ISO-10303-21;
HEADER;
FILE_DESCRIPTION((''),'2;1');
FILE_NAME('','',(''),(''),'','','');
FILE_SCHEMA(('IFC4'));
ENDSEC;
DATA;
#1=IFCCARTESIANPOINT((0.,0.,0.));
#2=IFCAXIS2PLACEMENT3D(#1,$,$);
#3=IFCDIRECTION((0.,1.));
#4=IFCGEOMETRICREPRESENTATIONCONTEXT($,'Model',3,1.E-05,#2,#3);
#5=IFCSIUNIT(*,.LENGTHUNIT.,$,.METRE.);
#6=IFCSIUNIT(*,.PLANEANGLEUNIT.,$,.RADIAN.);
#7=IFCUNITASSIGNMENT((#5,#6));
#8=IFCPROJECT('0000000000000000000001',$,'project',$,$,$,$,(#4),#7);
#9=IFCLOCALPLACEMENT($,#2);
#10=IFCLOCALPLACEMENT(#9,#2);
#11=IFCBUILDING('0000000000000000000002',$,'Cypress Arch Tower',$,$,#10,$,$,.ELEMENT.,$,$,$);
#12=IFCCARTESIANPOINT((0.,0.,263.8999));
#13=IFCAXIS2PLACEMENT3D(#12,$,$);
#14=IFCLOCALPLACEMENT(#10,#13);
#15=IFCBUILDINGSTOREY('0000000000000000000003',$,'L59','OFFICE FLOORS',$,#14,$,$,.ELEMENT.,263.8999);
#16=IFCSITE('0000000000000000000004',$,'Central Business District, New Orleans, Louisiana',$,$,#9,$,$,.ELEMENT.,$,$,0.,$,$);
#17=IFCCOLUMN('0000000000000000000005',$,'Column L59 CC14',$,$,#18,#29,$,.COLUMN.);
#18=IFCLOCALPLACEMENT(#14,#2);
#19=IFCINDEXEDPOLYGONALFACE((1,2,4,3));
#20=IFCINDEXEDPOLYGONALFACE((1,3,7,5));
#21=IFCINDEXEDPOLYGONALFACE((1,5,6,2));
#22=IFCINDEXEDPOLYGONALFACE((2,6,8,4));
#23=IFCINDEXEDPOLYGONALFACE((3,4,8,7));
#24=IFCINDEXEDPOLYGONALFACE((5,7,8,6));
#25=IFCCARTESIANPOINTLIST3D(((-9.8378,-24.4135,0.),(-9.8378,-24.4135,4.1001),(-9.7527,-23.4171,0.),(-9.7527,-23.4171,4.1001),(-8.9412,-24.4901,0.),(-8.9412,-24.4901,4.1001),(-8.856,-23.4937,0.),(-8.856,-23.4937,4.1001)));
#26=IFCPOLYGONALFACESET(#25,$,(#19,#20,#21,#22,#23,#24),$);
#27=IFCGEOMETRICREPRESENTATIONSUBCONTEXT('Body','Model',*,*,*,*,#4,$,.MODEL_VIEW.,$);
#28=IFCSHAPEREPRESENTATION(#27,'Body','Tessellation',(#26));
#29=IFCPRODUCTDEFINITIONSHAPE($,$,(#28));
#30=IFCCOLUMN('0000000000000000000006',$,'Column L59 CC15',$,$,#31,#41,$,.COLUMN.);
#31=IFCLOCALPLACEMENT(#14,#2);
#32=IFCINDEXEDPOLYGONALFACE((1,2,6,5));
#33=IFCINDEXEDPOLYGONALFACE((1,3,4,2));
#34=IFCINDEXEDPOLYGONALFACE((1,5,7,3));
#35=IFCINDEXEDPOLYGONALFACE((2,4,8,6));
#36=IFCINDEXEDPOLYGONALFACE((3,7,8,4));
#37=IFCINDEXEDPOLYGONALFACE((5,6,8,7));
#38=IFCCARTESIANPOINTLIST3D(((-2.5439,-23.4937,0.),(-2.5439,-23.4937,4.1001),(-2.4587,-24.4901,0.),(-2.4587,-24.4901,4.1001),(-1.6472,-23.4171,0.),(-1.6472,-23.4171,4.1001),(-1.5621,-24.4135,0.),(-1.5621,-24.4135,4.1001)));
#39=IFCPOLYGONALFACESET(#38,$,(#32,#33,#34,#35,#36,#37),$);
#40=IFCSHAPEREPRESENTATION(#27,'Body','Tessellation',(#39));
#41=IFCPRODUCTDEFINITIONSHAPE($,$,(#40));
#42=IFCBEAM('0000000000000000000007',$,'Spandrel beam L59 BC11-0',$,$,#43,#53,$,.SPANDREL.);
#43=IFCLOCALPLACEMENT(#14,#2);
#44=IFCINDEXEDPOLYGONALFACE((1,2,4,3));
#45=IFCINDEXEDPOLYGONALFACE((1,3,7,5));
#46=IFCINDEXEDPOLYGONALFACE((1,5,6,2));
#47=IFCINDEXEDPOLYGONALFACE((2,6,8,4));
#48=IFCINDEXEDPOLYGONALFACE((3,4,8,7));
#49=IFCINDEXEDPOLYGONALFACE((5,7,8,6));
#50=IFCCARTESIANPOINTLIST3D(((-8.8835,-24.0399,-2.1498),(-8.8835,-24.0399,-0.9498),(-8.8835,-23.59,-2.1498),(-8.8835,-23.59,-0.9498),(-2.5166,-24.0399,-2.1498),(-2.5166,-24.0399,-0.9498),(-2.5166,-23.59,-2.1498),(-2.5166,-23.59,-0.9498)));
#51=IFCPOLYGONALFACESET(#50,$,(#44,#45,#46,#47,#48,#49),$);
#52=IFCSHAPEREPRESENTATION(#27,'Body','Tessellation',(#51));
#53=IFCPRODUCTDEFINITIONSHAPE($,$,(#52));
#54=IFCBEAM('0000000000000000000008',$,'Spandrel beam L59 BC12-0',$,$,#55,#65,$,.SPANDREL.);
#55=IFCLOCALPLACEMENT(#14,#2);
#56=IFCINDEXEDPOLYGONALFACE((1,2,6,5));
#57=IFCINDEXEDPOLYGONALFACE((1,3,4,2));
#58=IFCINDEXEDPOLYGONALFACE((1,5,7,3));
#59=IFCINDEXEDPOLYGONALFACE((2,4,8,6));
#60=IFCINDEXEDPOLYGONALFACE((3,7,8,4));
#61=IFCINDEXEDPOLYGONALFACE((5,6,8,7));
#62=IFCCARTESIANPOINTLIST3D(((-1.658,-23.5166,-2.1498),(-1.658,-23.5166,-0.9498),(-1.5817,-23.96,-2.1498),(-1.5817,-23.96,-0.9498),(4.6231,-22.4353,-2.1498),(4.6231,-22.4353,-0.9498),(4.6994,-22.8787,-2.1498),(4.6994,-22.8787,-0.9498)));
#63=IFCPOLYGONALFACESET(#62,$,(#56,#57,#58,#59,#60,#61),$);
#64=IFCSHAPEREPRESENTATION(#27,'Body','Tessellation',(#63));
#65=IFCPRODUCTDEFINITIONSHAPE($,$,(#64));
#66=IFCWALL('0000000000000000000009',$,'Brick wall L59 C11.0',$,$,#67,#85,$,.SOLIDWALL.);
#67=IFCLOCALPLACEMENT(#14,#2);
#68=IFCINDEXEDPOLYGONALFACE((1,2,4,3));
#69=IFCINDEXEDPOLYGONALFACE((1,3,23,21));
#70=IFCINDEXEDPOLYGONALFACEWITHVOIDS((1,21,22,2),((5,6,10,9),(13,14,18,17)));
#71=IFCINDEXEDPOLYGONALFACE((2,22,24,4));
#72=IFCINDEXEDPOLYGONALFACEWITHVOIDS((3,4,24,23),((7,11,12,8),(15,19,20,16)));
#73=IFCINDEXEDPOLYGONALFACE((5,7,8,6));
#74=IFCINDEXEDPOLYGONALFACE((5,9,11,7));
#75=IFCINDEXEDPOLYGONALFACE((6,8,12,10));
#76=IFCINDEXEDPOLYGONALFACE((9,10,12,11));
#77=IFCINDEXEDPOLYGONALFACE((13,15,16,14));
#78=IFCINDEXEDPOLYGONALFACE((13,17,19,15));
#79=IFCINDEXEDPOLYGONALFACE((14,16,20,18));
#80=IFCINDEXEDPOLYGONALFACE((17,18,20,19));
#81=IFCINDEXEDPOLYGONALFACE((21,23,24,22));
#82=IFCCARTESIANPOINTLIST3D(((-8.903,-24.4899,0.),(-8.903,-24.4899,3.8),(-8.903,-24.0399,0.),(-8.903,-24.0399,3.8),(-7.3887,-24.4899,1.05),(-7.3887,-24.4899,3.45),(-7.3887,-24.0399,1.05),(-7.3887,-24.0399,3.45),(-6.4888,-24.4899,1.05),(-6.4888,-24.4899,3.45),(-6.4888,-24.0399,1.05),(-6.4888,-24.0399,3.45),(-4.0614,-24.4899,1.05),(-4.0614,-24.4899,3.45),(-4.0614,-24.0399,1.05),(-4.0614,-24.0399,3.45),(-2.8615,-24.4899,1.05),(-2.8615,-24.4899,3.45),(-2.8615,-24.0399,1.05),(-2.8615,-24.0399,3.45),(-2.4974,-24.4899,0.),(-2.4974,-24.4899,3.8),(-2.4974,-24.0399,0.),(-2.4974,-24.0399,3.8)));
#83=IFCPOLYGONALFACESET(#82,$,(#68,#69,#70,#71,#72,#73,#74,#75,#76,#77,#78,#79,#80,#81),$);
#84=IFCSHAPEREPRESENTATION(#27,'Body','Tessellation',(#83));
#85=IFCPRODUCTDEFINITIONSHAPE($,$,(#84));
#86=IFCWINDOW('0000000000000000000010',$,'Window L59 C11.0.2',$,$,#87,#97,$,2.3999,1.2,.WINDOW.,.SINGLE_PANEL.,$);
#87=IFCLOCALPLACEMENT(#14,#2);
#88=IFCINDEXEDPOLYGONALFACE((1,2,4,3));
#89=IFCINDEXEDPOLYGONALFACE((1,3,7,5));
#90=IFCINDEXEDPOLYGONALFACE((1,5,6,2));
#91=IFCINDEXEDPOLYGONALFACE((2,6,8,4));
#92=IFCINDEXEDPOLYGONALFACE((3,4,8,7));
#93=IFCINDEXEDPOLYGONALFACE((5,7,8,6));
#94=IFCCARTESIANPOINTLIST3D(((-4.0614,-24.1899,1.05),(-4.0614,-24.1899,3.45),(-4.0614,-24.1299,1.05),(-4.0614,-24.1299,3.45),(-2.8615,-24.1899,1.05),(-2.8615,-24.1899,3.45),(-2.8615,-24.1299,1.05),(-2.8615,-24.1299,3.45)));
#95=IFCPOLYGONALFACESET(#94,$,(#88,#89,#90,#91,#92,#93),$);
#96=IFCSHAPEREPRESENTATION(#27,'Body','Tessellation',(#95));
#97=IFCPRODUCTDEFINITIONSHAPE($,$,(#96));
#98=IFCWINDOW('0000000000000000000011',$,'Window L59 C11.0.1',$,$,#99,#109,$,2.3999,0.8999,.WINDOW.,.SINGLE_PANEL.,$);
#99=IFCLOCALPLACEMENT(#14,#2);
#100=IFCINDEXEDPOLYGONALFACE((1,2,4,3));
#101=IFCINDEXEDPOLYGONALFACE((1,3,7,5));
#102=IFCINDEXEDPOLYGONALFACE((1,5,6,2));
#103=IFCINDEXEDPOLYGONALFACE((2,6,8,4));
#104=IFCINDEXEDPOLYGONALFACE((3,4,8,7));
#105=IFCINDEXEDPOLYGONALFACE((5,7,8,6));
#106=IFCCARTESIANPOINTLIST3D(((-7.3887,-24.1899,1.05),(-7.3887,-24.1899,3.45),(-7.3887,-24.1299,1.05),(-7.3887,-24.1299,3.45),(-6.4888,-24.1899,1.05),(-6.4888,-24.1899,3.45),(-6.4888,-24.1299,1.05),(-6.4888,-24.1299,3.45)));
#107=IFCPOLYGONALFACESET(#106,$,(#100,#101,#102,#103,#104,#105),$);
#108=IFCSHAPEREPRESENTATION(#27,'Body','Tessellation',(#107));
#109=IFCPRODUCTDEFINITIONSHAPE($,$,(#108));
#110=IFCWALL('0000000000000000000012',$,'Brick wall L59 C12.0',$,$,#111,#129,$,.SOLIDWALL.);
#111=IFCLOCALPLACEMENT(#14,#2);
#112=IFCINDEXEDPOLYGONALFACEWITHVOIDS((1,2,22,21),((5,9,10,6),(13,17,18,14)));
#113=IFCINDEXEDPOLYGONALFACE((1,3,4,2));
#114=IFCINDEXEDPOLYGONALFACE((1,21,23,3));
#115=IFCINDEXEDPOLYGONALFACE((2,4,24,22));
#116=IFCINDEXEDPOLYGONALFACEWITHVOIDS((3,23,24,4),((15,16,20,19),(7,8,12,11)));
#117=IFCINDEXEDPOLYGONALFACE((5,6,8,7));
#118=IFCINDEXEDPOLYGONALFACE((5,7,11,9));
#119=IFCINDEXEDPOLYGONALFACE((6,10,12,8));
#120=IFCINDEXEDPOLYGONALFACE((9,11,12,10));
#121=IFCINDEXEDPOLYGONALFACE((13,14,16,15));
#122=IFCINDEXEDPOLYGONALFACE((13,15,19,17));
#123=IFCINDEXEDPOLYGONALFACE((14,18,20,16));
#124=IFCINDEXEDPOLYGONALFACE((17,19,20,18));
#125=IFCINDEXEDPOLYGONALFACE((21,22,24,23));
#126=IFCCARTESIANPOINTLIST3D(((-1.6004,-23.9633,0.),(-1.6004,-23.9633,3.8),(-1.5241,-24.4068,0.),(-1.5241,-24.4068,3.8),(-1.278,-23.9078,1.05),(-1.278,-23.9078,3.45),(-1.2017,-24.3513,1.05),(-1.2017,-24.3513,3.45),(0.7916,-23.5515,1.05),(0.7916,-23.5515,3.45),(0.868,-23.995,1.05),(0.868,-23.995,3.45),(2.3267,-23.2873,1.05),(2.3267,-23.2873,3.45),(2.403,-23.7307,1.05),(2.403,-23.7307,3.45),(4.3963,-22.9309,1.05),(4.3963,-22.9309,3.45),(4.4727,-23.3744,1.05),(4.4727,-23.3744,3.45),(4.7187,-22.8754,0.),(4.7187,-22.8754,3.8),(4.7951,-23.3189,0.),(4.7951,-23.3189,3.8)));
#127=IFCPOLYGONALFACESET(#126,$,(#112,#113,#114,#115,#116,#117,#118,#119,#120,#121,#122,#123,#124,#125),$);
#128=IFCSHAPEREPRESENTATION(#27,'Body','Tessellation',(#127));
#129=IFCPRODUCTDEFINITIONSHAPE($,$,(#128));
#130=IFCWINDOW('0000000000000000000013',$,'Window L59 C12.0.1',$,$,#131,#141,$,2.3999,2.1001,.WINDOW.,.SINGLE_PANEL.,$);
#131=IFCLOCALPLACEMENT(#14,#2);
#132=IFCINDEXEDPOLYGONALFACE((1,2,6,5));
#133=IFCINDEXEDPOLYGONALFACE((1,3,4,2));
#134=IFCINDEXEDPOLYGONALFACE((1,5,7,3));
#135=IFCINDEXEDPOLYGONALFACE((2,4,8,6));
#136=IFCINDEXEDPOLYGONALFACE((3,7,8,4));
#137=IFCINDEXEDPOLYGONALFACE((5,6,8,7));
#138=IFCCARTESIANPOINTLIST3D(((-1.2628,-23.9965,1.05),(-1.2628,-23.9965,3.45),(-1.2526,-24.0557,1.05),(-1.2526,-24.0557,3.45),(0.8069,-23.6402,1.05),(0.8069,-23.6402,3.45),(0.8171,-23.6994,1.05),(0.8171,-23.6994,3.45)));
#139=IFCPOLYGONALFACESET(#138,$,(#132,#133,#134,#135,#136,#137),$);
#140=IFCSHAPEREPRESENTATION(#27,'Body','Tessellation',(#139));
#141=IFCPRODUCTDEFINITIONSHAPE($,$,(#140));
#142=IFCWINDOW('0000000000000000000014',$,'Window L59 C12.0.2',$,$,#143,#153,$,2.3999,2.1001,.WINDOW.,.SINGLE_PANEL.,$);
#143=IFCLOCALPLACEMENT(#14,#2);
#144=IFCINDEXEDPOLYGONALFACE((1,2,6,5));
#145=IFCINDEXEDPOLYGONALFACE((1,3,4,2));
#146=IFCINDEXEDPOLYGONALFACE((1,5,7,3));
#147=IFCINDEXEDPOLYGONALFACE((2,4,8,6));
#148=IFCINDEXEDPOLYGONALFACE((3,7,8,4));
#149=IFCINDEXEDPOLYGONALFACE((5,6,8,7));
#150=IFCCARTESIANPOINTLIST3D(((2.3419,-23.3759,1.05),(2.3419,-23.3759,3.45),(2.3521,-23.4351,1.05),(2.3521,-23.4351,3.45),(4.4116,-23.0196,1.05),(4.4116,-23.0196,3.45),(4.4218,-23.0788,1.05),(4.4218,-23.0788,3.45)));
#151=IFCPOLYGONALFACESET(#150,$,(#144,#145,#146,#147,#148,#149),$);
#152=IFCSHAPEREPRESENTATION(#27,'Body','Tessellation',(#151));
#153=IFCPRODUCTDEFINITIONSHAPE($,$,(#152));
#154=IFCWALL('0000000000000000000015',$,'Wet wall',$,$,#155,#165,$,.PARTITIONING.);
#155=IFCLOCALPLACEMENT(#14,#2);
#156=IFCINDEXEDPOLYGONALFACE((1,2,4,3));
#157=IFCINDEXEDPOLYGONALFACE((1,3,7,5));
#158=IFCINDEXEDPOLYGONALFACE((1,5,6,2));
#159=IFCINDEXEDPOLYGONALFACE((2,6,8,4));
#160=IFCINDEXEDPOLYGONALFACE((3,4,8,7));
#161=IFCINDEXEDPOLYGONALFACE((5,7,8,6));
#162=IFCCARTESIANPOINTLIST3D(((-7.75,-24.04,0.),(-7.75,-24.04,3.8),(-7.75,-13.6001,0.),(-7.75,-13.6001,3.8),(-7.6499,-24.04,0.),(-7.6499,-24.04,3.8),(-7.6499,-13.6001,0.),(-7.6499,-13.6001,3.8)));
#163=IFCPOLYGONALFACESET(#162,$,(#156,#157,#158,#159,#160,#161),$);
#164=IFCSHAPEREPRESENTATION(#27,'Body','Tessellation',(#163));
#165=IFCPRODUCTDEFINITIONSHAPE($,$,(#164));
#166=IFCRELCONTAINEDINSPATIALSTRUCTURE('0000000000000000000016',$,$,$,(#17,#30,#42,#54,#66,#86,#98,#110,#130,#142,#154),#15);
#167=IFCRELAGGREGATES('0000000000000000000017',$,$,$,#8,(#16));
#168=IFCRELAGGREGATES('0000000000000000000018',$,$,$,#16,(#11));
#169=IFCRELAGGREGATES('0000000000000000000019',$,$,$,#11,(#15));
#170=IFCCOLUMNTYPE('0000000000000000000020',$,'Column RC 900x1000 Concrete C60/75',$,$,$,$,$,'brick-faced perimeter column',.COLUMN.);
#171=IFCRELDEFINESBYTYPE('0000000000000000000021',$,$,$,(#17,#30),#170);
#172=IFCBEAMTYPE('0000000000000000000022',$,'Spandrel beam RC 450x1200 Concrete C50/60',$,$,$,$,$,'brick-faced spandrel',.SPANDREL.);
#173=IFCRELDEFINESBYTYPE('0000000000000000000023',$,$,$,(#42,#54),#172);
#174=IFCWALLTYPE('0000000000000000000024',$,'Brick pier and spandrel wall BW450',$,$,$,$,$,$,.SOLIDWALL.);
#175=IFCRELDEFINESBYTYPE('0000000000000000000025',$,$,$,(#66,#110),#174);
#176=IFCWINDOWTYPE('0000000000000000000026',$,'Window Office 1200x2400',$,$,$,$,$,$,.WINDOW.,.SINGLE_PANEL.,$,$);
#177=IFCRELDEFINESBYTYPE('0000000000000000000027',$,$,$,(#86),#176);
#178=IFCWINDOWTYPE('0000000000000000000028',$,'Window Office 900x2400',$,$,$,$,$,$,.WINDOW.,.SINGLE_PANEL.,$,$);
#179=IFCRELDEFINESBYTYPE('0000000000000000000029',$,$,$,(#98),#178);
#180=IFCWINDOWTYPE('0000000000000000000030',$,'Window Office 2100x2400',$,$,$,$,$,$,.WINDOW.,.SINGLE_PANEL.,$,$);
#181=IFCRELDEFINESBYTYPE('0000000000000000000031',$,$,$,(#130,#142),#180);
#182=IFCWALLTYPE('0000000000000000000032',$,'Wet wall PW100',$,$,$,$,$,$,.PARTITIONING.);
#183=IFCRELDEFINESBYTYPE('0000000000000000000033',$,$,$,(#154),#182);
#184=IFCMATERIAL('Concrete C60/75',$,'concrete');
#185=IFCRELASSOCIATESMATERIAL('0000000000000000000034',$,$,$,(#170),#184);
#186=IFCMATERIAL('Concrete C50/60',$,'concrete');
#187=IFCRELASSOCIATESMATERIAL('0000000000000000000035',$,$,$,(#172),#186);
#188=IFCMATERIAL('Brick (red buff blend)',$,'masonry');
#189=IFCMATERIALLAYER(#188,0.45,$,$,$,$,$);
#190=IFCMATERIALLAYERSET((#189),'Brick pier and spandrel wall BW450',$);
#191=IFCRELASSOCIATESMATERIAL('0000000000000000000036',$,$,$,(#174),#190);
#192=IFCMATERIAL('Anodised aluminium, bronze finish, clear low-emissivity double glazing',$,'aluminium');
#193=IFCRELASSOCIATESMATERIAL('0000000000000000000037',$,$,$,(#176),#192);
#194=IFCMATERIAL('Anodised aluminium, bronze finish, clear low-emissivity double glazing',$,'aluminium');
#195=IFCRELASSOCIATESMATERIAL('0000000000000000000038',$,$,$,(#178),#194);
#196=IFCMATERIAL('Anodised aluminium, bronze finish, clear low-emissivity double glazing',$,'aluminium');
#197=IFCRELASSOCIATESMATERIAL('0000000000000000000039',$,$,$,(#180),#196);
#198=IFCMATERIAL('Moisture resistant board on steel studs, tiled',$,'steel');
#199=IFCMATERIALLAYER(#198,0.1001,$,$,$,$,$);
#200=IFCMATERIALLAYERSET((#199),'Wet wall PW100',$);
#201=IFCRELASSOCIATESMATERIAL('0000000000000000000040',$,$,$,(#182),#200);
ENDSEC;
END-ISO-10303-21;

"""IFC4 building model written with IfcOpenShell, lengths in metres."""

from ifc_helpers import new_model, si_unit, direction, frame, frame_2d, origin, origin_2d, place, context, subcontext, project, spatial, rectangle, extrude, material, layer, layer_set, material_profile, profile_set, type_object, element, fill, save


model = new_model("IFC4")

# Units and contexts
model_context = context("Model", 3, precision=1e-05, world=origin(), true_north=direction((0.0, 1.0)))
body_context = subcontext(model_context, "Body", "Model", "MODEL_VIEW")
ifc_project = project(units=[si_unit("LENGTHUNIT", "METRE"), si_unit("PLANEANGLEUNIT", "RADIAN")], contexts=[model_context])

# Site, building, storey
site_placement = place(None, origin())
site = spatial("IfcSite", under=ifc_project, at=site_placement, Name="Central Business District, New Orleans, Louisiana", CompositionType="ELEMENT", RefElevation=0.0)
building_placement = place(site_placement, origin())
building = spatial("IfcBuilding", under=site, at=building_placement, Name="Cypress Arch Tower", CompositionType="ELEMENT")
storey_placement = place(building_placement, frame((0.0, 0.0, 263.8999)))
storey = spatial("IfcBuildingStorey", under=building, at=storey_placement, Name="L59", Description="OFFICE FLOORS", CompositionType="ELEMENT", Elevation=263.8999)

# Columns
ifc_material_1 = material(Name="Concrete C60/75", Category="concrete")
ifc_material_profile_1 = material_profile(ifc_material_1, rectangle(XDim=0.8999, YDim=1.0, at=origin_2d()), Name="RC 900x1000")
ifc_profile_set_1 = profile_set([ifc_material_profile_1], Name="Concrete C60/75")
column_type = type_object("IfcColumnType", Name="Column RC 900x1000 Concrete C60/75", ElementType="brick-faced perimeter column", PredefinedType="COLUMN", material=ifc_profile_set_1)
for number, where, z_axis, x_axis, name in (
    (1, (-9.3469, -23.9536, 0.0), (0.0, 0.0, 1.0), (0.996368, -0.085149, 0.0), "Column L59 CC14"),
    (2, (-2.053, -23.9536, 0.0), (0.0, 0.0, 1.0), (0.996368, 0.085149, 0.0), "Column L59 CC15"),
):
    element("IfcColumn", number, at=place(storey_placement, frame(where, z_axis=z_axis, x_axis=x_axis)), inside=storey, type_object=column_type, Name=name, PredefinedType="COLUMN", context=body_context, shape_type="SweptSolid", body=[
        extrude(rectangle(XDim=0.8999, YDim=1.0, at=origin_2d()), origin(), (0.0, 0.0, 1.0), 4.1001),
    ])

# Beams
ifc_material_2 = material(Name="Concrete C50/60", Category="concrete")
ifc_material_profile_2 = material_profile(ifc_material_2, rectangle(XDim=0.45, YDim=1.2, at=origin_2d()), Name="RC 450x1200")
ifc_profile_set_2 = profile_set([ifc_material_profile_2], Name="Concrete C50/60")
beam_type = type_object("IfcBeamType", Name="Spandrel beam RC 450x1200 Concrete C50/60", ElementType="brick-faced spandrel", PredefinedType="SPANDREL", material=ifc_profile_set_2)
beam_1_placement = place(storey_placement, frame((-8.8835, -23.8149, -1.5498), z_axis=(1.0, 0.0, 0.0), x_axis=(0.0, 1.0, 0.0)))
element("IfcBeam", 3, at=beam_1_placement, inside=storey, type_object=beam_type, Name="Spandrel beam L59 BC11-0", PredefinedType="SPANDREL", context=body_context, shape_type="SweptSolid", body=[
    extrude(rectangle(XDim=0.45, YDim=1.2, at=origin_2d()), origin(), (0.0, 0.0, 1.0), 6.3669),
])
beam_2_placement = place(storey_placement, frame((-1.6199, -23.7383, -1.5498), z_axis=(0.985504, 0.169652, 0.0), x_axis=(-0.169652, 0.985504, 0.0)))
element("IfcBeam", 4, at=beam_2_placement, inside=storey, type_object=beam_type, Name="Spandrel beam L59 BC12-0", PredefinedType="SPANDREL", context=body_context, shape_type="SweptSolid", body=[
    extrude(rectangle(XDim=0.45, YDim=1.2, at=origin_2d()), origin(), (0.0, 0.0, 1.0), 6.3735),
])

# Walls, openings, windows
ifc_material_3 = material(Name="Brick (red buff blend)", Category="masonry")
ifc_layer_1 = layer(ifc_material_3, 0.45)
ifc_layer_set_1 = layer_set([ifc_layer_1], Name="Brick pier and spandrel wall BW450")
wall_type_1 = type_object("IfcWallType", Name="Brick pier and spandrel wall BW450", PredefinedType="SOLIDWALL", material=ifc_layer_set_1)
wall_1_placement = place(storey_placement, frame((-8.9028, -24.2649, 0.0), z_axis=(0.0, 0.0, 1.0), x_axis=(1.0, 0.0, 0.0)))
wall_1 = element("IfcWall", 5, at=wall_1_placement, inside=storey, type_object=wall_type_1, Name="Brick wall L59 C11.0", PredefinedType="SOLIDWALL", context=body_context, shape_type="SweptSolid", body=[
    extrude(rectangle(XDim=6.4055, YDim=0.45, at=frame_2d((3.2026, 0.0))), origin(), (0.0, 0.0, 1.0), 3.8),
])
opening_1_placement = place(wall_1_placement, frame((1.5142, 0.0, 1.05)))
opening_1 = element("IfcOpeningElement", 6, at=opening_1_placement, cuts=wall_1, PredefinedType="OPENING", context=body_context, shape_type="SweptSolid", body=[
    extrude(rectangle(XDim=0.8999, YDim=2.3999, at=frame_2d((0.45, 1.2))), frame((0.0, 0.2349, 0.0), z_axis=(0.0, -1.0, 0.0), x_axis=(1.0, 0.0, 0.0)), (0.0, 0.0, 1.0), 0.47),
])
opening_2_placement = place(wall_1_placement, frame((4.8413, 0.0, 1.05)))
opening_2 = element("IfcOpeningElement", 7, at=opening_2_placement, cuts=wall_1, PredefinedType="OPENING", context=body_context, shape_type="SweptSolid", body=[
    extrude(rectangle(XDim=1.2, YDim=2.3999, at=frame_2d((0.6001, 1.2))), frame((0.0, 0.2349, 0.0), z_axis=(0.0, -1.0, 0.0), x_axis=(1.0, 0.0, 0.0)), (0.0, 0.0, 1.0), 0.47),
])
ifc_material_4 = material(Name="Anodised aluminium, bronze finish, clear low-emissivity double glazing", Category="aluminium")
window_type_1 = type_object("IfcWindowType", Name="Window Office 1200x2400", PartitioningType="SINGLE_PANEL", PredefinedType="WINDOW", material=ifc_material_4)
window_1_placement = place(opening_2_placement, origin())
window_1 = element("IfcWindow", 8, at=window_1_placement, inside=storey, type_object=window_type_1, Name="Window L59 C11.0.2", OverallHeight=2.3999, OverallWidth=1.2, PartitioningType="SINGLE_PANEL", PredefinedType="WINDOW", context=body_context, shape_type="SweptSolid", body=[
    extrude(rectangle(XDim=1.2, YDim=2.3999, at=frame_2d((0.6001, 1.2))), frame((0.0, 0.135, 0.0), z_axis=(0.0, -1.0, 0.0), x_axis=(1.0, 0.0, 0.0)), (0.0, 0.0, 1.0), 0.0601),
])
fill(opening_2, window_1)
ifc_material_5 = material(Name="Anodised aluminium, bronze finish, clear low-emissivity double glazing", Category="aluminium")
window_type_2 = type_object("IfcWindowType", Name="Window Office 900x2400", PartitioningType="SINGLE_PANEL", PredefinedType="WINDOW", material=ifc_material_5)
window_2_placement = place(opening_1_placement, origin())
window_2 = element("IfcWindow", 9, at=window_2_placement, inside=storey, type_object=window_type_2, Name="Window L59 C11.0.1", OverallHeight=2.3999, OverallWidth=0.8999, PartitioningType="SINGLE_PANEL", PredefinedType="WINDOW", context=body_context, shape_type="SweptSolid", body=[
    extrude(rectangle(XDim=0.8999, YDim=2.3999, at=frame_2d((0.45, 1.2))), frame((0.0, 0.135, 0.0), z_axis=(0.0, -1.0, 0.0), x_axis=(1.0, 0.0, 0.0)), (0.0, 0.0, 1.0), 0.0601),
])
fill(opening_1, window_2)
wall_2_placement = place(storey_placement, frame((-1.5623, -24.1851, 0.0), z_axis=(0.0, 0.0, 1.0), x_axis=(0.985502, 0.169663, 0.0)))
wall_2 = element("IfcWall", 10, at=wall_2_placement, inside=storey, type_object=wall_type_1, Name="Brick wall L59 C12.0", PredefinedType="SOLIDWALL", context=body_context, shape_type="SweptSolid", body=[
    extrude(rectangle(XDim=6.4121, YDim=0.45, at=frame_2d((3.2061, 0.0))), origin(), (0.0, 0.0, 1.0), 3.8),
])
opening_3_placement = place(wall_2_placement, frame((0.3271, 0.0, 1.05)))
opening_3 = element("IfcOpeningElement", 11, at=opening_3_placement, cuts=wall_2, PredefinedType="OPENING", context=body_context, shape_type="SweptSolid", body=[
    extrude(rectangle(XDim=2.1001, YDim=2.3999, at=frame_2d((1.05, 1.2))), frame((0.0, 0.2349, 0.0), z_axis=(0.0, -1.0, 0.0), x_axis=(1.0, 0.0, 0.0)), (0.0, 0.0, 1.0), 0.47),
])
opening_4_placement = place(wall_2_placement, frame((3.9849, 0.0, 1.05)))
opening_4 = element("IfcOpeningElement", 12, at=opening_4_placement, cuts=wall_2, PredefinedType="OPENING", context=body_context, shape_type="SweptSolid", body=[
    extrude(rectangle(XDim=2.1001, YDim=2.3999, at=frame_2d((1.05, 1.2))), frame((0.0, 0.2349, 0.0), z_axis=(0.0, -1.0, 0.0), x_axis=(1.0, 0.0, 0.0)), (0.0, 0.0, 1.0), 0.47),
])
ifc_material_6 = material(Name="Anodised aluminium, bronze finish, clear low-emissivity double glazing", Category="aluminium")
window_type_3 = type_object("IfcWindowType", Name="Window Office 2100x2400", PartitioningType="SINGLE_PANEL", PredefinedType="WINDOW", material=ifc_material_6)
window_3_placement = place(opening_3_placement, origin())
window_3 = element("IfcWindow", 13, at=window_3_placement, inside=storey, type_object=window_type_3, Name="Window L59 C12.0.1", OverallHeight=2.3999, OverallWidth=2.1001, PartitioningType="SINGLE_PANEL", PredefinedType="WINDOW", context=body_context, shape_type="SweptSolid", body=[
    extrude(rectangle(XDim=2.1001, YDim=2.3999, at=frame_2d((1.05, 1.2))), frame((0.0, 0.135, 0.0), z_axis=(0.0, -1.0, 0.0), x_axis=(1.0, 0.0, 0.0)), (0.0, 0.0, 1.0), 0.0601),
])
fill(opening_3, window_3)
window_4_placement = place(opening_4_placement, origin())
window_4 = element("IfcWindow", 14, at=window_4_placement, inside=storey, type_object=window_type_3, Name="Window L59 C12.0.2", OverallHeight=2.3999, OverallWidth=2.1001, PartitioningType="SINGLE_PANEL", PredefinedType="WINDOW", context=body_context, shape_type="SweptSolid", body=[
    extrude(rectangle(XDim=2.1001, YDim=2.3999, at=frame_2d((1.05, 1.2))), frame((0.0, 0.135, 0.0), z_axis=(0.0, -1.0, 0.0), x_axis=(1.0, 0.0, 0.0)), (0.0, 0.0, 1.0), 0.0601),
])
fill(opening_4, window_4)

# Wall
ifc_material_7 = material(Name="Moisture resistant board on steel studs, tiled", Category="steel")
ifc_layer_2 = layer(ifc_material_7, 0.1001)
ifc_layer_set_2 = layer_set([ifc_layer_2], Name="Wet wall PW100")
wall_type_2 = type_object("IfcWallType", Name="Wet wall PW100", PredefinedType="PARTITIONING", material=ifc_layer_set_2)
for number, where, z_axis, x_axis, name in (
    (15, (-7.7, -24.04, 0.0), (0.0, 0.0, 1.0), (0.0, 1.0, 0.0), "Wet wall"),
):
    element("IfcWall", number, at=place(storey_placement, frame(where, z_axis=z_axis, x_axis=x_axis)), inside=storey, type_object=wall_type_2, Name=name, PredefinedType="PARTITIONING", context=body_context, shape_type="SweptSolid", body=[
        extrude(rectangle(XDim=10.4399, YDim=0.1001, at=frame_2d((5.22, 0.0))), origin(), (0.0, 0.0, 1.0), 3.8),
    ])

save(model, "model.ifc")
